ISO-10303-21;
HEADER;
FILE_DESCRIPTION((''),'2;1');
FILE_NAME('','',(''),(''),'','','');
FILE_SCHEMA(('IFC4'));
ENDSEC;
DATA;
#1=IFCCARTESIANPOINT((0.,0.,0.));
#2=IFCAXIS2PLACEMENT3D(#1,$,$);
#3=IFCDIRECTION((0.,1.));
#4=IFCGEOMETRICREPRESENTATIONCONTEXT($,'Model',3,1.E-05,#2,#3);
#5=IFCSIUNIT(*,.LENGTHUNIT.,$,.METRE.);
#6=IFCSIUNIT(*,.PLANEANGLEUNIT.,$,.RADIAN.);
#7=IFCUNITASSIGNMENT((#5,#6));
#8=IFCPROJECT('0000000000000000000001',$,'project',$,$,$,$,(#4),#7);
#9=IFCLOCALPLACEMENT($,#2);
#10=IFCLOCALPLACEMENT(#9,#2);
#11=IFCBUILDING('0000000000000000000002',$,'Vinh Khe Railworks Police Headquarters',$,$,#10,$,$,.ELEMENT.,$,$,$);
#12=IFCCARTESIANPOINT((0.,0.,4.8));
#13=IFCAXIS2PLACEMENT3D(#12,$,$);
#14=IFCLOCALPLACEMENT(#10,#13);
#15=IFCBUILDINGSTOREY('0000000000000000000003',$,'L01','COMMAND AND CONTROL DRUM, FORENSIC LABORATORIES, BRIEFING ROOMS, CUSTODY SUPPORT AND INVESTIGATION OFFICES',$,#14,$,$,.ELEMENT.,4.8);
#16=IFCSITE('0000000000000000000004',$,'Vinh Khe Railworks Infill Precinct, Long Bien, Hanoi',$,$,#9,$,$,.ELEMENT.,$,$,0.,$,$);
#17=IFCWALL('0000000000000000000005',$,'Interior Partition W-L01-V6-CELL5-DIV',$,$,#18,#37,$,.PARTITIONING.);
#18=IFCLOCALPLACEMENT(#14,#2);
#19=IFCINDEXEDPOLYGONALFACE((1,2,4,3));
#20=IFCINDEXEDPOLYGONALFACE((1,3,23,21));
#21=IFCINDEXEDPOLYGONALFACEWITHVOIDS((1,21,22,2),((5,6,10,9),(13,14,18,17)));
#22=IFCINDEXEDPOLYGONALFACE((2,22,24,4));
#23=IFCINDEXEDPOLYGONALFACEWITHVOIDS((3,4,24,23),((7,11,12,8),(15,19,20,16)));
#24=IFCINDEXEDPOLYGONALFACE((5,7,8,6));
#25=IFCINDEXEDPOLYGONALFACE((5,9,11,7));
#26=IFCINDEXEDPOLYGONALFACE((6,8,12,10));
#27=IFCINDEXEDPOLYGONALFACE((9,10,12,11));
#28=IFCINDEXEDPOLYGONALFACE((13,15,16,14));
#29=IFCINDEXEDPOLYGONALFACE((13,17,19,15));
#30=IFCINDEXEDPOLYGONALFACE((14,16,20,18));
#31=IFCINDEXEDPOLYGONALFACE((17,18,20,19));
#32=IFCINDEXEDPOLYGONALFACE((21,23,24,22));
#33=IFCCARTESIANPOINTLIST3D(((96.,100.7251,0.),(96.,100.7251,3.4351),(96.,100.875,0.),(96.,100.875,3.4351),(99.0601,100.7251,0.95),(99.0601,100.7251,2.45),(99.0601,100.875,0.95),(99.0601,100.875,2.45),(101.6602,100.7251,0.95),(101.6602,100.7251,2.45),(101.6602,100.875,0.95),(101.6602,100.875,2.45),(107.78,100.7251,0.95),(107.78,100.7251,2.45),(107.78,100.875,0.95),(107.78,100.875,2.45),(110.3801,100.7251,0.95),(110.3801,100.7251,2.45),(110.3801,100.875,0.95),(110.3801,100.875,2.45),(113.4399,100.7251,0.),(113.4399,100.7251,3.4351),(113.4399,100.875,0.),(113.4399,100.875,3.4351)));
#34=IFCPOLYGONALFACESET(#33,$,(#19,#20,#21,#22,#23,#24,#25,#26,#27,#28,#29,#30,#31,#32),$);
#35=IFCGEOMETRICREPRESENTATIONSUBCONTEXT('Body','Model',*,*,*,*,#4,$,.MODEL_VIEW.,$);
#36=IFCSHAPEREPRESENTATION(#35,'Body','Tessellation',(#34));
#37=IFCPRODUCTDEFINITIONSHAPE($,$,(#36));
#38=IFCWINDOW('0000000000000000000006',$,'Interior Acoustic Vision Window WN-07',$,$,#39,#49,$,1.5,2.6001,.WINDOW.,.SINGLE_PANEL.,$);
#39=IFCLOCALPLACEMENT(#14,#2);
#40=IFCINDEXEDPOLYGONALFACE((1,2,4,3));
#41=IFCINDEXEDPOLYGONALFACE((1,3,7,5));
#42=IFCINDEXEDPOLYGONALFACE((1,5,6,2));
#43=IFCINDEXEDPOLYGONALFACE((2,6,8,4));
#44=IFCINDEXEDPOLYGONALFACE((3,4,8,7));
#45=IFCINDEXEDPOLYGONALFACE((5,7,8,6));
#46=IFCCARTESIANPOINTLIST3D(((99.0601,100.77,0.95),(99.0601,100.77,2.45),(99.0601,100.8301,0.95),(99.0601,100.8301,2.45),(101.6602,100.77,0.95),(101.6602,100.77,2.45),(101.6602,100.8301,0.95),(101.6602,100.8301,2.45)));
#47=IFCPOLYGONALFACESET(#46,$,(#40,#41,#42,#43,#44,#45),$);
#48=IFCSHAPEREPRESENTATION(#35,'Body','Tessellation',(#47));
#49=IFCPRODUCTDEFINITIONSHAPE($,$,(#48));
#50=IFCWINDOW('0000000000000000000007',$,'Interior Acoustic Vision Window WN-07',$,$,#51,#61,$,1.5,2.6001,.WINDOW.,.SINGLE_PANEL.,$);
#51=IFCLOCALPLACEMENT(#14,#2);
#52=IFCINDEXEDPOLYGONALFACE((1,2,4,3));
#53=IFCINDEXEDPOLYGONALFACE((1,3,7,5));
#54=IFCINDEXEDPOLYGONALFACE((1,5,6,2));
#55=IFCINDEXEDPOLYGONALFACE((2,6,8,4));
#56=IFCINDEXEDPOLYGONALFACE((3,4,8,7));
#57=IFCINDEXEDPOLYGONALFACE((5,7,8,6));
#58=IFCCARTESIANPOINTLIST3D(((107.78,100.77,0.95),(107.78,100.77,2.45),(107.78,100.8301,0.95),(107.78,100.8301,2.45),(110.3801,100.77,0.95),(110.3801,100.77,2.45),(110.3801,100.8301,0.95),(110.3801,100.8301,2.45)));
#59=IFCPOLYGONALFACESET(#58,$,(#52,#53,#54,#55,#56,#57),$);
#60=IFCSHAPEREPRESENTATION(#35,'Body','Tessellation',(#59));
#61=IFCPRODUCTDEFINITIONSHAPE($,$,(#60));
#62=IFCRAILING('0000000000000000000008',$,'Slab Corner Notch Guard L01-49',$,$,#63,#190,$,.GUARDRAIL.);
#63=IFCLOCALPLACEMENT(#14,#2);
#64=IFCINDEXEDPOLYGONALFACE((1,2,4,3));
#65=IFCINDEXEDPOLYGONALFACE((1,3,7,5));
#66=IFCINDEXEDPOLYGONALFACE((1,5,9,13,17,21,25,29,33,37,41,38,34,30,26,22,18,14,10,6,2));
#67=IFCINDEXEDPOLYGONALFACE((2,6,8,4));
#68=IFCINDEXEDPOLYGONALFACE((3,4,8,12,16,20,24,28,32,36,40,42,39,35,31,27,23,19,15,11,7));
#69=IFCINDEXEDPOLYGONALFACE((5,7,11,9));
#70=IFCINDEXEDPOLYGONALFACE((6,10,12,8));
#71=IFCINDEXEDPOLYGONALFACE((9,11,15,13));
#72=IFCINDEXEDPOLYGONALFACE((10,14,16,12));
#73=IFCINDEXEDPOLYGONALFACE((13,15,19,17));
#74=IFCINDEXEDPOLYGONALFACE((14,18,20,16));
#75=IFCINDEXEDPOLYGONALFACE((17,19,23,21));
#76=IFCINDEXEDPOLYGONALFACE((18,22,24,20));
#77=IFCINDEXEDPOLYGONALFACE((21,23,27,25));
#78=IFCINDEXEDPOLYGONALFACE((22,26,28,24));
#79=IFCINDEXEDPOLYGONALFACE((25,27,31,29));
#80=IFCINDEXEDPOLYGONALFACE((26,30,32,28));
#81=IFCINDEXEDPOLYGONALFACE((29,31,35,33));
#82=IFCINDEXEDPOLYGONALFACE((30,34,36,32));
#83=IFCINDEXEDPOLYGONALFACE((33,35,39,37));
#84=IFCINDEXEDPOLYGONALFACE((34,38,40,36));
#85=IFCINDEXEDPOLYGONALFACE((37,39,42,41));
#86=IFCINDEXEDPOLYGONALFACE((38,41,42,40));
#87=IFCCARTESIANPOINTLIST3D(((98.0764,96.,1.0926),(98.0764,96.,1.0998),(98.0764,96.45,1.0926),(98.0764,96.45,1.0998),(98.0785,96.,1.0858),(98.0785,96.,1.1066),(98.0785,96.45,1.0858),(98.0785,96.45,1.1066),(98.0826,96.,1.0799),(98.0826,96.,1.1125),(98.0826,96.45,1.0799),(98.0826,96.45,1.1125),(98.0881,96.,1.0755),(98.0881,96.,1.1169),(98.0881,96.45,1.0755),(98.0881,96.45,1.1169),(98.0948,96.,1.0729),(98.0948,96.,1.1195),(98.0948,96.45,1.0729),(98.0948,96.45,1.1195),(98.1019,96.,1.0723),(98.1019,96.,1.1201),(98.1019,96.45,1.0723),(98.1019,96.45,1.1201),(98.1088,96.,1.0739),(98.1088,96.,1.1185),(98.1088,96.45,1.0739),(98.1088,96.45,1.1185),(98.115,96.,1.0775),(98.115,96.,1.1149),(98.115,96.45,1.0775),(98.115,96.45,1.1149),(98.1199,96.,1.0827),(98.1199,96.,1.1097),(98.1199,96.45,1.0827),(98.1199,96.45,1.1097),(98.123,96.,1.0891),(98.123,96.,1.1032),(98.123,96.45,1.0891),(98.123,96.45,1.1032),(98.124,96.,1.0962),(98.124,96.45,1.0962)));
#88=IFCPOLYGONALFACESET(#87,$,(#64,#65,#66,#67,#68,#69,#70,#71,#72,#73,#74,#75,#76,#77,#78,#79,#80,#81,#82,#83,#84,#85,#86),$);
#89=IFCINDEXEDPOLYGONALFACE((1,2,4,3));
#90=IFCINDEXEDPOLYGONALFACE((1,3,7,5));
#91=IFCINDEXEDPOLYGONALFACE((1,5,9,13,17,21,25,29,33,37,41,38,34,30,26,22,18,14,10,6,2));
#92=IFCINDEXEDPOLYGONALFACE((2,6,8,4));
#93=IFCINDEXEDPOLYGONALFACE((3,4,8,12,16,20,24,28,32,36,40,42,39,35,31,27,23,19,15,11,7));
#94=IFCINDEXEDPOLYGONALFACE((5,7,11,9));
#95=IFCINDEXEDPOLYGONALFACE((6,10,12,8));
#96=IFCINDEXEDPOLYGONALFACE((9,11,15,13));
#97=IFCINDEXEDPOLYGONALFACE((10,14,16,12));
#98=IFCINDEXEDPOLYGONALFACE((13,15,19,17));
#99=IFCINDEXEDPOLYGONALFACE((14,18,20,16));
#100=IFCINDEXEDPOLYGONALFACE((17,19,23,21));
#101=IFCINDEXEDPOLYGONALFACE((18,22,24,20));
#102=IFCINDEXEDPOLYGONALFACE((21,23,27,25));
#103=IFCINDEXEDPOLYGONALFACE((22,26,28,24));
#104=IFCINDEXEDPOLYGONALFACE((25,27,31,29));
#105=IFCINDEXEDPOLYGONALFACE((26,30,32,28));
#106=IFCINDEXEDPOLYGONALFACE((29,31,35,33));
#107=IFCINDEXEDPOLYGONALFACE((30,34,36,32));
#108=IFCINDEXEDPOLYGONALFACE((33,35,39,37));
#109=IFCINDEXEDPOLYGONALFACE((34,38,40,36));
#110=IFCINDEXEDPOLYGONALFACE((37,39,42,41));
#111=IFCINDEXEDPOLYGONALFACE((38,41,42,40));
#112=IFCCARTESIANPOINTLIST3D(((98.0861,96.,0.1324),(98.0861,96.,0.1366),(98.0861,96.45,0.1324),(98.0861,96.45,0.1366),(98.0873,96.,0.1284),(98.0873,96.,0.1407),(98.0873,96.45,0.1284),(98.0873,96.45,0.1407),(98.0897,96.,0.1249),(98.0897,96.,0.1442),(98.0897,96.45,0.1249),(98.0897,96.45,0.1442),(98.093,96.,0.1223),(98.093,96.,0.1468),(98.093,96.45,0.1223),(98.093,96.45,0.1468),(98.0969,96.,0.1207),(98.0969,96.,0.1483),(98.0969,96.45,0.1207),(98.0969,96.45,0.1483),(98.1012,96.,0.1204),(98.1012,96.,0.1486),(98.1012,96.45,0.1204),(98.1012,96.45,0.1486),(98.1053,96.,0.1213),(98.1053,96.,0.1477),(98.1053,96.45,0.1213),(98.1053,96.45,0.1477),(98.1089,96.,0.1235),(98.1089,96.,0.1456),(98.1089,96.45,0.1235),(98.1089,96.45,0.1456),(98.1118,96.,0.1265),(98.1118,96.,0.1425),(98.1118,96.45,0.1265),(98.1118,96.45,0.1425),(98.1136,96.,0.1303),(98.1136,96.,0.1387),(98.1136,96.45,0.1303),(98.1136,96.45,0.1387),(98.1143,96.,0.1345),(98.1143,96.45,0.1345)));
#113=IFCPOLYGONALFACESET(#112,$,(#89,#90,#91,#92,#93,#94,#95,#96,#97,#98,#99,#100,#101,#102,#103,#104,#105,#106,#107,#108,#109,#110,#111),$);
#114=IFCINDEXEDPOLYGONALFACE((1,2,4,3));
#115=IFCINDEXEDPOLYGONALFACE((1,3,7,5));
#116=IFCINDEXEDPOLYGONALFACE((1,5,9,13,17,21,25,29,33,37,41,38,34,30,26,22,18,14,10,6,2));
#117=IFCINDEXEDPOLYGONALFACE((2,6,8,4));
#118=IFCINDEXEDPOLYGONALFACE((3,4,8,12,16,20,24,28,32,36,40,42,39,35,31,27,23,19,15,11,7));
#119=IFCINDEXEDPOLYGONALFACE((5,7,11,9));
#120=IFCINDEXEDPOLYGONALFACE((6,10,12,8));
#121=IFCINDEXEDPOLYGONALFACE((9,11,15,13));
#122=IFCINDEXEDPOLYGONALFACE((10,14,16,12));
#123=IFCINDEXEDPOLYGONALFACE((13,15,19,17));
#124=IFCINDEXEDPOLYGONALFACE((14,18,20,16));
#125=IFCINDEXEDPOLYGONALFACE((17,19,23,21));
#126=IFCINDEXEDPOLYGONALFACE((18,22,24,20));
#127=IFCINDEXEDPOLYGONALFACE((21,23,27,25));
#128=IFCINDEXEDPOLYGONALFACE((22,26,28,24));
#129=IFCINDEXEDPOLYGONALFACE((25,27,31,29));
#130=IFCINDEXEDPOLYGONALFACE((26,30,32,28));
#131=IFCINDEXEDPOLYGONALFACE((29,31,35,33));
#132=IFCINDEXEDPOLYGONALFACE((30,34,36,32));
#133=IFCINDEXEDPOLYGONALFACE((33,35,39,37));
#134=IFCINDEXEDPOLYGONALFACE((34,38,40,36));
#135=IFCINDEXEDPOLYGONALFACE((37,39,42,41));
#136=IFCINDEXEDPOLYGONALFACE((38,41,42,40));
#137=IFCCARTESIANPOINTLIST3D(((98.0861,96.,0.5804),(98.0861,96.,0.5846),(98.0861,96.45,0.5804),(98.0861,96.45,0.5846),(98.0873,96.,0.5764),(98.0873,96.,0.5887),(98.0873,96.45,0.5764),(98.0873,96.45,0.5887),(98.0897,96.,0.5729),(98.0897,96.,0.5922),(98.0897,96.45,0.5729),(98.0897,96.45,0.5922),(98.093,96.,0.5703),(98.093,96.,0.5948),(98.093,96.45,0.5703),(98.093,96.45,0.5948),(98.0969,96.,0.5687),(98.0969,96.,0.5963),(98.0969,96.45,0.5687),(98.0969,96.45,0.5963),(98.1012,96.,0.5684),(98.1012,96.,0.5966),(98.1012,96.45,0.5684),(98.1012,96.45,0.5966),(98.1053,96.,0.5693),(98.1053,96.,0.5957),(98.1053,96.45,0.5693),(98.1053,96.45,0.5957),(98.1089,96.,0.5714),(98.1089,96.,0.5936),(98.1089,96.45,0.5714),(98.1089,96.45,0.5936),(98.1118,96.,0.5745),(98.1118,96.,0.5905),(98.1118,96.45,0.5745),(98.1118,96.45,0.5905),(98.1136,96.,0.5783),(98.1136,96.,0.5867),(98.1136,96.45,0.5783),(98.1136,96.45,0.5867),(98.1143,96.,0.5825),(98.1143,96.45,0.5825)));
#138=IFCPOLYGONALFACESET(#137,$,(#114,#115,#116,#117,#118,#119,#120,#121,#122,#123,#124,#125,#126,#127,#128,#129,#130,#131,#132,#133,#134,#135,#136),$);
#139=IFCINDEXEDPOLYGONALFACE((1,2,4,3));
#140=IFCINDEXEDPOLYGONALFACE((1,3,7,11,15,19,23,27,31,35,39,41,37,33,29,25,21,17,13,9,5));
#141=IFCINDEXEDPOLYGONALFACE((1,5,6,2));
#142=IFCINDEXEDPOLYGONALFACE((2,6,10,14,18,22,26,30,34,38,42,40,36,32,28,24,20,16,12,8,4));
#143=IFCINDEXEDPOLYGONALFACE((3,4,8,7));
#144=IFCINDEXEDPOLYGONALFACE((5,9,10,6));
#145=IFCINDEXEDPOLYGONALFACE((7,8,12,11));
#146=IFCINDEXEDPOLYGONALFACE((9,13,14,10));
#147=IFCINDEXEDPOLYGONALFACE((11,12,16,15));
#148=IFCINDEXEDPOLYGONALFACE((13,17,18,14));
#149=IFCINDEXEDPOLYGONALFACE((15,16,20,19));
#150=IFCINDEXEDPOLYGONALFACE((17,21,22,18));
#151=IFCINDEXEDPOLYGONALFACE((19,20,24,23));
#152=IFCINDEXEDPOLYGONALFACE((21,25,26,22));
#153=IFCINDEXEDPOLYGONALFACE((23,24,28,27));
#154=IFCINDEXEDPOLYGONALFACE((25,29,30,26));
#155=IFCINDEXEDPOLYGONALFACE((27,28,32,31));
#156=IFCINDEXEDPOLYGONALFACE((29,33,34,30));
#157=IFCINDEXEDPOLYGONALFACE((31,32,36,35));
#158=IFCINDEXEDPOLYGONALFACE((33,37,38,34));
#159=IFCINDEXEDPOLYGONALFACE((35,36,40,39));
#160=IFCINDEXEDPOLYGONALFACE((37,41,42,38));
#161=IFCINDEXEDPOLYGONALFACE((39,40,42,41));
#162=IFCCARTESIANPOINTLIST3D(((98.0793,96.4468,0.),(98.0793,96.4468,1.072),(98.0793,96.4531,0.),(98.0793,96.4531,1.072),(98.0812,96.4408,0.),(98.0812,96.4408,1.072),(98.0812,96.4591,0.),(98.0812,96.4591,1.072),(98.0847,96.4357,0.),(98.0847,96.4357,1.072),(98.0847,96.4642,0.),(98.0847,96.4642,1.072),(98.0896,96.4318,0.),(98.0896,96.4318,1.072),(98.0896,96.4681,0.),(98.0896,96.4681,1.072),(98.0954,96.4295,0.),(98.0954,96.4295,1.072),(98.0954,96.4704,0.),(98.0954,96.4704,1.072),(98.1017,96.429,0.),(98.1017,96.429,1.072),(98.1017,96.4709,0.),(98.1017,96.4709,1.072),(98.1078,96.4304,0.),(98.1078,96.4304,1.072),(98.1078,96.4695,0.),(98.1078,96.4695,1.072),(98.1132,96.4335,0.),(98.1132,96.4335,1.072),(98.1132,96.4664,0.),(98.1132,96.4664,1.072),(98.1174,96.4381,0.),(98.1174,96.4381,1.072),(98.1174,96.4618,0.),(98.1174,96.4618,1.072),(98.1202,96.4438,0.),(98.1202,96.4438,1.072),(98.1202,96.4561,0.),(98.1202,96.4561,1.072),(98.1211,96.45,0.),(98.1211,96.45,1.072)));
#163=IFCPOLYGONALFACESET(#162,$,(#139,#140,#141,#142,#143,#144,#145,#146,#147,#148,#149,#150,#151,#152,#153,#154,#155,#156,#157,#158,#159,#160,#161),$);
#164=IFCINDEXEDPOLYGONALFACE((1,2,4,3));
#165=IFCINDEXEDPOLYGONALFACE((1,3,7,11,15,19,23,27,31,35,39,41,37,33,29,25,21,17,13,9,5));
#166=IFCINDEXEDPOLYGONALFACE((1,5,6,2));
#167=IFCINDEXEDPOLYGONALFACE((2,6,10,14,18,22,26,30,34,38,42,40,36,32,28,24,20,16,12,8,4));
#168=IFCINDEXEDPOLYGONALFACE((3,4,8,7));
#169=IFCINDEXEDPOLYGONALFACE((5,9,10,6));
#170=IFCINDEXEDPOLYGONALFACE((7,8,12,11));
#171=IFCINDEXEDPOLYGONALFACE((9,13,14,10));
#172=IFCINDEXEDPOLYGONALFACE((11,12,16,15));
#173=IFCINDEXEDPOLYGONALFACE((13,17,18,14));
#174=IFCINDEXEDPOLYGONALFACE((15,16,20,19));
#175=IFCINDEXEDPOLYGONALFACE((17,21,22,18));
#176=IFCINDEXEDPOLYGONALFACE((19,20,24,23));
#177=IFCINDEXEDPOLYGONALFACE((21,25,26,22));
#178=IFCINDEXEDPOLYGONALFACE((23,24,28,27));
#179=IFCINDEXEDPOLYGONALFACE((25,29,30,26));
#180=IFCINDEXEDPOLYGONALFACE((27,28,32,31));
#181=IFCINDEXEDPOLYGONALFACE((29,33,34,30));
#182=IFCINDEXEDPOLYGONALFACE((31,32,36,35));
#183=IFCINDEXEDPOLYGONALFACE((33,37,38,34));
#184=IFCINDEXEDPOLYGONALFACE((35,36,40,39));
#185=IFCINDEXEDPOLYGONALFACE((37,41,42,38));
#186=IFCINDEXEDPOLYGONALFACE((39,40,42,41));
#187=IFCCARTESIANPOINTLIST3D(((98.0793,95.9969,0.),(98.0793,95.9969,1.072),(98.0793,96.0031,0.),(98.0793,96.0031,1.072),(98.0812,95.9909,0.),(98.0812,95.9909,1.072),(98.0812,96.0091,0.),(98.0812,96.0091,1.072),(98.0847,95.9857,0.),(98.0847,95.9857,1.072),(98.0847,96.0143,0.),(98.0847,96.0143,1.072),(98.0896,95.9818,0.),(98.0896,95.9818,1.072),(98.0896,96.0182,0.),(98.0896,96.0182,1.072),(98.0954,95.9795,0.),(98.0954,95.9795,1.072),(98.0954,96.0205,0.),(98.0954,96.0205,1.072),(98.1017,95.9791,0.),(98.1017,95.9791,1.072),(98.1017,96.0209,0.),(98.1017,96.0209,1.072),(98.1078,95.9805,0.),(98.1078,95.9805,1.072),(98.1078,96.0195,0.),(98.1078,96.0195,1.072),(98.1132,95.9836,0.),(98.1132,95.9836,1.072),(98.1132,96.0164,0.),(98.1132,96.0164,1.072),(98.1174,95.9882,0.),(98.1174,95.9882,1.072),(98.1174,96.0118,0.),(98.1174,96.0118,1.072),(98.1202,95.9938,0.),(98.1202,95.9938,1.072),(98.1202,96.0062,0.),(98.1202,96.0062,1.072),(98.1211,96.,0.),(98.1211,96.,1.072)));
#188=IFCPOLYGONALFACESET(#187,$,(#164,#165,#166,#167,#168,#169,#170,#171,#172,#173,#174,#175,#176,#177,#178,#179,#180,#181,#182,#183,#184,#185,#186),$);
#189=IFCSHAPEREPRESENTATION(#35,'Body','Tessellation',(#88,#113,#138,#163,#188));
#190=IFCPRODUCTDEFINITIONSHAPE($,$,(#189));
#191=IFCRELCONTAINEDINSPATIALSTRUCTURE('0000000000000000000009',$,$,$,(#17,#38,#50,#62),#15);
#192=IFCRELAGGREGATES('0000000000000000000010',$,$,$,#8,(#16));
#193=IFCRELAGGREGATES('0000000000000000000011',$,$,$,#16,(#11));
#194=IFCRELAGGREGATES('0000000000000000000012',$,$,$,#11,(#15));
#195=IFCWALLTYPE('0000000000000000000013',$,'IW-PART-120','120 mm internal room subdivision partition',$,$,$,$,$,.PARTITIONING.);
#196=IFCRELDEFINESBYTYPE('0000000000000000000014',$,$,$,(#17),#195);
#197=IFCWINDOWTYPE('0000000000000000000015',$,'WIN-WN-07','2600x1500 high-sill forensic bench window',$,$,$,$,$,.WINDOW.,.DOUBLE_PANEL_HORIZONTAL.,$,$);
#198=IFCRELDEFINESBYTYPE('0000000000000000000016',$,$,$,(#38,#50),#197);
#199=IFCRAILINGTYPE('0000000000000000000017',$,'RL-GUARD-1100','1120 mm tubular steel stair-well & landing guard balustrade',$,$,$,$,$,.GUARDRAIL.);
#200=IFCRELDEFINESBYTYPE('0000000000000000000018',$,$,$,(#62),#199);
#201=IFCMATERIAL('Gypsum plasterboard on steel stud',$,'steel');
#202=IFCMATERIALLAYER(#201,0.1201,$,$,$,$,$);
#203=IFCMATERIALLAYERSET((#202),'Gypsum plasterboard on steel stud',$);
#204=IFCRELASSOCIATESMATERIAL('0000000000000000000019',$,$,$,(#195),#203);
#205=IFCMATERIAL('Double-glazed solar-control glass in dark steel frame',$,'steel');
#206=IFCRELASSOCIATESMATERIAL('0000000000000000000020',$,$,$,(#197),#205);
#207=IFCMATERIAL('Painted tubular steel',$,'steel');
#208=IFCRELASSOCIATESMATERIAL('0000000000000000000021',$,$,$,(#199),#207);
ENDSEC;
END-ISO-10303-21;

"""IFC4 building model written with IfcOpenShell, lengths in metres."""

from ifc_helpers import new_model, si_unit, direction, frame, frame_2d, origin, origin_2d, place, context, subcontext, project, spatial, rectangle, circle, extrude, material, layer, layer_set, type_object, element, fill, save


model = new_model("IFC4")

# Units and contexts
model_context = context("Model", 3, precision=1e-05, world=origin(), true_north=direction((0.0, 1.0)))
body_context = subcontext(model_context, "Body", "Model", "MODEL_VIEW")
ifc_project = project(units=[si_unit("LENGTHUNIT", "METRE"), si_unit("PLANEANGLEUNIT", "RADIAN")], contexts=[model_context])

# Site, building, storey
site_placement = place(None, origin())
site = spatial("IfcSite", under=ifc_project, at=site_placement, Name="Vinh Khe Railworks Infill Precinct, Long Bien, Hanoi", CompositionType="ELEMENT", RefElevation=0.0)
building_placement = place(site_placement, origin())
building = spatial("IfcBuilding", under=site, at=building_placement, Name="Vinh Khe Railworks Police Headquarters", CompositionType="ELEMENT")
storey_placement = place(building_placement, frame((0.0, 0.0, 4.8)))
storey = spatial("IfcBuildingStorey", under=building, at=storey_placement, Name="L01", Description="COMMAND AND CONTROL DRUM, FORENSIC LABORATORIES, BRIEFING ROOMS, CUSTODY SUPPORT AND INVESTIGATION OFFICES", CompositionType="ELEMENT", Elevation=4.8)

# Shared definitions
ifc_material_1 = material(Name="Double-glazed solar-control glass in dark steel frame", Category="steel")

# Wall, openings, windows
ifc_material_2 = material(Name="Gypsum plasterboard on steel stud", Category="steel")
ifc_layer_1 = layer(ifc_material_2, 0.1201)
ifc_layer_set_1 = layer_set([ifc_layer_1], Name="Gypsum plasterboard on steel stud")
wall_type_1 = type_object("IfcWallType", Name="IW-PART-120", Description="120 mm internal room subdivision partition", PredefinedType="PARTITIONING", material=ifc_layer_set_1)
wall_1_placement = place(storey_placement, frame((96.0, 100.8, 0.0), z_axis=(0.0, 0.0, 1.0), x_axis=(1.0, 0.0, 0.0)))
wall_1 = element("IfcWall", 1, at=wall_1_placement, inside=storey, type_object=wall_type_1, Name="Interior Partition W-L01-V6-CELL5-DIV", PredefinedType="PARTITIONING", context=body_context, shape_type="SweptSolid", body=[
    extrude(rectangle(XDim=17.4399, YDim=0.1499, at=frame_2d((8.72, 0.0))), origin(), (0.0, 0.0, 1.0), 3.4351),
])
opening_1_placement = place(wall_1_placement, frame((3.0601, 0.0, 0.95)))
opening_1 = element("IfcOpeningElement", 2, at=opening_1_placement, cuts=wall_1, PredefinedType="OPENING", context=body_context, shape_type="SweptSolid", body=[
    extrude(rectangle(XDim=2.6001, YDim=1.5, at=frame_2d((1.3, 0.75))), frame((0.0, 0.0898, 0.0), z_axis=(0.0, -1.0, 0.0), x_axis=(1.0, 0.0, 0.0)), (0.0, 0.0, 1.0), 0.1797),
])
opening_2_placement = place(wall_1_placement, frame((11.78, 0.0, 0.95)))
opening_2 = element("IfcOpeningElement", 3, at=opening_2_placement, cuts=wall_1, PredefinedType="OPENING", context=body_context, shape_type="SweptSolid", body=[
    extrude(rectangle(XDim=2.6001, YDim=1.5, at=frame_2d((1.3, 0.75))), frame((0.0, 0.0898, 0.0), z_axis=(0.0, -1.0, 0.0), x_axis=(1.0, 0.0, 0.0)), (0.0, 0.0, 1.0), 0.1797),
])
window_type_1 = type_object("IfcWindowType", Name="WIN-WN-07", Description="2600x1500 high-sill forensic bench window", PartitioningType="DOUBLE_PANEL_HORIZONTAL", PredefinedType="WINDOW", material=ifc_material_1)
window_1_placement = place(opening_1_placement, origin())
window_1 = element("IfcWindow", 4, at=window_1_placement, inside=storey, type_object=window_type_1, Name="Interior Acoustic Vision Window WN-07", OverallHeight=1.5, OverallWidth=2.6001, PartitioningType="SINGLE_PANEL", PredefinedType="WINDOW", context=body_context, shape_type="SweptSolid", body=[
    extrude(rectangle(XDim=2.6001, YDim=1.5, at=frame_2d((1.3, 0.75))), frame((0.0, 0.03, 0.0), z_axis=(0.0, -1.0, 0.0), x_axis=(1.0, 0.0, 0.0)), (0.0, 0.0, 1.0), 0.0601),
])
fill(opening_1, window_1)
window_2_placement = place(opening_2_placement, origin())
window_2 = element("IfcWindow", 5, at=window_2_placement, inside=storey, type_object=window_type_1, Name="Interior Acoustic Vision Window WN-07", OverallHeight=1.5, OverallWidth=2.6001, PartitioningType="SINGLE_PANEL", PredefinedType="WINDOW", context=body_context, shape_type="SweptSolid", body=[
    extrude(rectangle(XDim=2.6001, YDim=1.5, at=frame_2d((1.3, 0.75))), frame((0.0, 0.03, 0.0), z_axis=(0.0, -1.0, 0.0), x_axis=(1.0, 0.0, 0.0)), (0.0, 0.0, 1.0), 0.0601),
])
fill(opening_2, window_2)

# Railing
ifc_material_3 = material(Name="Painted tubular steel", Category="steel")
railing_type = type_object("IfcRailingType", Name="RL-GUARD-1100", Description="1120 mm tubular steel stair-well & landing guard balustrade", PredefinedType="GUARDRAIL", material=ifc_material_3)
railing_placement = place(storey_placement, frame((98.1001, 96.45, 0.0)))
element("IfcRailing", 6, at=railing_placement, inside=storey, type_object=railing_type, Name="Slab Corner Notch Guard L01-49", PredefinedType="GUARDRAIL", context=body_context, shape_type="SweptSolid", body=[
    extrude(circle(Radius=0.0239, at=origin_2d()), frame((0.0, 0.0, 1.0962), z_axis=(0.0, -1.0, 0.0), x_axis=(1.0, 0.0, 0.0)), (0.0, 0.0, 1.0), 0.45),
    extrude(circle(Radius=0.0142, at=origin_2d()), frame((0.0, 0.0, 0.1345), z_axis=(0.0, -1.0, 0.0), x_axis=(1.0, 0.0, 0.0)), (0.0, 0.0, 1.0), 0.45),
    extrude(circle(Radius=0.0142, at=origin_2d()), frame((0.0, 0.0, 0.5825), z_axis=(0.0, -1.0, 0.0), x_axis=(1.0, 0.0, 0.0)), (0.0, 0.0, 1.0), 0.45),
    extrude(circle(Radius=0.021, at=origin_2d()), origin(), (0.0, 0.0, 1.0), 1.072),
    extrude(circle(Radius=0.021, at=origin_2d()), frame((0.0, -0.45, 0.0)), (0.0, 0.0, 1.0), 1.072),
])

save(model, "model.ifc")
